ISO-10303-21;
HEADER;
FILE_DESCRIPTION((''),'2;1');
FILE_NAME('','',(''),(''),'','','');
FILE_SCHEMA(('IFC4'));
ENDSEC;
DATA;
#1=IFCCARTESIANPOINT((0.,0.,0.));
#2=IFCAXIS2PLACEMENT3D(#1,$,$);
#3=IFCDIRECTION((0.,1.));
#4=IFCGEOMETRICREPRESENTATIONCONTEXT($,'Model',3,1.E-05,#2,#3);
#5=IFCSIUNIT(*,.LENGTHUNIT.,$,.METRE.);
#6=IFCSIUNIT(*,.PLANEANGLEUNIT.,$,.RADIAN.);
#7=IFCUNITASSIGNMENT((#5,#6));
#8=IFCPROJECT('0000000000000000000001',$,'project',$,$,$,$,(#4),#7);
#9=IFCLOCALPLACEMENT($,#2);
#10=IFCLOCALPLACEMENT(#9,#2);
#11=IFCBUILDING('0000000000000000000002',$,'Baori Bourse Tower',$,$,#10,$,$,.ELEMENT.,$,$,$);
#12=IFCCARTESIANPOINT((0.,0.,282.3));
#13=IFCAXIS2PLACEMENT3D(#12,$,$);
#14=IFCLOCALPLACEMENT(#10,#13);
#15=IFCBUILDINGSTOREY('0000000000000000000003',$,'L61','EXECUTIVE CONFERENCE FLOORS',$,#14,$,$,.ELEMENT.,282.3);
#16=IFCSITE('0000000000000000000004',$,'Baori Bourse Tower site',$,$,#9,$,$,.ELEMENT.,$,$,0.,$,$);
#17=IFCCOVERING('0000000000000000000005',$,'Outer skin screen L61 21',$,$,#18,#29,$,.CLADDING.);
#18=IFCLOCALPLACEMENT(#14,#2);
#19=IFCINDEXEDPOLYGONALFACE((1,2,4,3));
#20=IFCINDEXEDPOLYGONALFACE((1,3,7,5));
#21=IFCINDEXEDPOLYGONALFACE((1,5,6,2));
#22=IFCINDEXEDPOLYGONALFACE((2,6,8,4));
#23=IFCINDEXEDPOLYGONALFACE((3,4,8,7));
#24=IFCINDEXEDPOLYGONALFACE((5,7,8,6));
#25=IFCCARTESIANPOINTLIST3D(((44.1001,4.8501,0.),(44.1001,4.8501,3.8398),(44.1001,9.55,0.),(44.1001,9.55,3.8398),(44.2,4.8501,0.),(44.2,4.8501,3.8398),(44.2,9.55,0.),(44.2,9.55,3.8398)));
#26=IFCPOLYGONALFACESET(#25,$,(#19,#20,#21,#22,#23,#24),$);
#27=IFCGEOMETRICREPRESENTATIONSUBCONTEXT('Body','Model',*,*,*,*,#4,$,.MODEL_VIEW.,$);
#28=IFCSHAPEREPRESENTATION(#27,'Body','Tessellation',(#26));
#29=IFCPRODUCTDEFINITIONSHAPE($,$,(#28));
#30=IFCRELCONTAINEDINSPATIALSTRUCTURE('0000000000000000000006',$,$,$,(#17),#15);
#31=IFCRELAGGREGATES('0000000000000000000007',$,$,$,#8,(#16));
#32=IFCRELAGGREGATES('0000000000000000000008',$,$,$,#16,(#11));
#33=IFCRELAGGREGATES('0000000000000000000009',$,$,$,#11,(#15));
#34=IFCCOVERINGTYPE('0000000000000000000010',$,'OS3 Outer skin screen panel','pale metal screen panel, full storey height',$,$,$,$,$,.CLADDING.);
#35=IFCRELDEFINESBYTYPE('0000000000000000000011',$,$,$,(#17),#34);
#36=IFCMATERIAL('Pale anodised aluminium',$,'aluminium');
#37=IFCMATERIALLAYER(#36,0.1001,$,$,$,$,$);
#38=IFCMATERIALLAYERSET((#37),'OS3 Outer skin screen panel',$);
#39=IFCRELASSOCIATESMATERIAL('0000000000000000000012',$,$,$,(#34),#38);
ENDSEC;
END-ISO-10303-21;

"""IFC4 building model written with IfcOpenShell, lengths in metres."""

from ifc_helpers import new_model, si_unit, direction, frame, origin, place, context, subcontext, project, spatial, polyline, outline, extrude, material, layer, layer_set, type_object, element, save


model = new_model("IFC4")

# Units and contexts
model_context = context("Model", 3, precision=1e-05, world=origin(), true_north=direction((0.0, 1.0)))
body_context = subcontext(model_context, "Body", "Model", "MODEL_VIEW")
ifc_project = project(units=[si_unit("LENGTHUNIT", "METRE"), si_unit("PLANEANGLEUNIT", "RADIAN")], contexts=[model_context])

# Site, building, storey
site_placement = place(None, origin())
site = spatial("IfcSite", under=ifc_project, at=site_placement, Name="Baori Bourse Tower site", CompositionType="ELEMENT", RefElevation=0.0)
building_placement = place(site_placement, origin())
building = spatial("IfcBuilding", under=site, at=building_placement, Name="Baori Bourse Tower", CompositionType="ELEMENT")
storey_placement = place(building_placement, frame((0.0, 0.0, 282.3)))
storey = spatial("IfcBuildingStorey", under=building, at=storey_placement, Name="L61", Description="EXECUTIVE CONFERENCE FLOORS", CompositionType="ELEMENT", Elevation=282.3)

# Covering
ifc_material_1 = material(Name="Pale anodised aluminium", Category="aluminium")
ifc_layer_1 = layer(ifc_material_1, 0.1001)
ifc_layer_set_1 = layer_set([ifc_layer_1], Name="OS3 Outer skin screen panel")
covering_type = type_object("IfcCoveringType", Name="OS3 Outer skin screen panel", Description="pale metal screen panel, full storey height", PredefinedType="CLADDING", material=ifc_layer_set_1)
covering_1_placement = place(storey_placement, origin())
element("IfcCovering", 1, at=covering_1_placement, inside=storey, type_object=covering_type, Name="Outer skin screen L61 21", PredefinedType="CLADDING", context=body_context, shape_type="SweptSolid", body=[
    extrude(outline(polyline([(44.1001, 9.55), (44.1001, 4.8501), (44.2, 4.8501), (44.2, 9.55), (44.1001, 9.55)])), origin(), (0.0, 0.0, 1.0), 3.8398),
])

save(model, "model.ifc")
